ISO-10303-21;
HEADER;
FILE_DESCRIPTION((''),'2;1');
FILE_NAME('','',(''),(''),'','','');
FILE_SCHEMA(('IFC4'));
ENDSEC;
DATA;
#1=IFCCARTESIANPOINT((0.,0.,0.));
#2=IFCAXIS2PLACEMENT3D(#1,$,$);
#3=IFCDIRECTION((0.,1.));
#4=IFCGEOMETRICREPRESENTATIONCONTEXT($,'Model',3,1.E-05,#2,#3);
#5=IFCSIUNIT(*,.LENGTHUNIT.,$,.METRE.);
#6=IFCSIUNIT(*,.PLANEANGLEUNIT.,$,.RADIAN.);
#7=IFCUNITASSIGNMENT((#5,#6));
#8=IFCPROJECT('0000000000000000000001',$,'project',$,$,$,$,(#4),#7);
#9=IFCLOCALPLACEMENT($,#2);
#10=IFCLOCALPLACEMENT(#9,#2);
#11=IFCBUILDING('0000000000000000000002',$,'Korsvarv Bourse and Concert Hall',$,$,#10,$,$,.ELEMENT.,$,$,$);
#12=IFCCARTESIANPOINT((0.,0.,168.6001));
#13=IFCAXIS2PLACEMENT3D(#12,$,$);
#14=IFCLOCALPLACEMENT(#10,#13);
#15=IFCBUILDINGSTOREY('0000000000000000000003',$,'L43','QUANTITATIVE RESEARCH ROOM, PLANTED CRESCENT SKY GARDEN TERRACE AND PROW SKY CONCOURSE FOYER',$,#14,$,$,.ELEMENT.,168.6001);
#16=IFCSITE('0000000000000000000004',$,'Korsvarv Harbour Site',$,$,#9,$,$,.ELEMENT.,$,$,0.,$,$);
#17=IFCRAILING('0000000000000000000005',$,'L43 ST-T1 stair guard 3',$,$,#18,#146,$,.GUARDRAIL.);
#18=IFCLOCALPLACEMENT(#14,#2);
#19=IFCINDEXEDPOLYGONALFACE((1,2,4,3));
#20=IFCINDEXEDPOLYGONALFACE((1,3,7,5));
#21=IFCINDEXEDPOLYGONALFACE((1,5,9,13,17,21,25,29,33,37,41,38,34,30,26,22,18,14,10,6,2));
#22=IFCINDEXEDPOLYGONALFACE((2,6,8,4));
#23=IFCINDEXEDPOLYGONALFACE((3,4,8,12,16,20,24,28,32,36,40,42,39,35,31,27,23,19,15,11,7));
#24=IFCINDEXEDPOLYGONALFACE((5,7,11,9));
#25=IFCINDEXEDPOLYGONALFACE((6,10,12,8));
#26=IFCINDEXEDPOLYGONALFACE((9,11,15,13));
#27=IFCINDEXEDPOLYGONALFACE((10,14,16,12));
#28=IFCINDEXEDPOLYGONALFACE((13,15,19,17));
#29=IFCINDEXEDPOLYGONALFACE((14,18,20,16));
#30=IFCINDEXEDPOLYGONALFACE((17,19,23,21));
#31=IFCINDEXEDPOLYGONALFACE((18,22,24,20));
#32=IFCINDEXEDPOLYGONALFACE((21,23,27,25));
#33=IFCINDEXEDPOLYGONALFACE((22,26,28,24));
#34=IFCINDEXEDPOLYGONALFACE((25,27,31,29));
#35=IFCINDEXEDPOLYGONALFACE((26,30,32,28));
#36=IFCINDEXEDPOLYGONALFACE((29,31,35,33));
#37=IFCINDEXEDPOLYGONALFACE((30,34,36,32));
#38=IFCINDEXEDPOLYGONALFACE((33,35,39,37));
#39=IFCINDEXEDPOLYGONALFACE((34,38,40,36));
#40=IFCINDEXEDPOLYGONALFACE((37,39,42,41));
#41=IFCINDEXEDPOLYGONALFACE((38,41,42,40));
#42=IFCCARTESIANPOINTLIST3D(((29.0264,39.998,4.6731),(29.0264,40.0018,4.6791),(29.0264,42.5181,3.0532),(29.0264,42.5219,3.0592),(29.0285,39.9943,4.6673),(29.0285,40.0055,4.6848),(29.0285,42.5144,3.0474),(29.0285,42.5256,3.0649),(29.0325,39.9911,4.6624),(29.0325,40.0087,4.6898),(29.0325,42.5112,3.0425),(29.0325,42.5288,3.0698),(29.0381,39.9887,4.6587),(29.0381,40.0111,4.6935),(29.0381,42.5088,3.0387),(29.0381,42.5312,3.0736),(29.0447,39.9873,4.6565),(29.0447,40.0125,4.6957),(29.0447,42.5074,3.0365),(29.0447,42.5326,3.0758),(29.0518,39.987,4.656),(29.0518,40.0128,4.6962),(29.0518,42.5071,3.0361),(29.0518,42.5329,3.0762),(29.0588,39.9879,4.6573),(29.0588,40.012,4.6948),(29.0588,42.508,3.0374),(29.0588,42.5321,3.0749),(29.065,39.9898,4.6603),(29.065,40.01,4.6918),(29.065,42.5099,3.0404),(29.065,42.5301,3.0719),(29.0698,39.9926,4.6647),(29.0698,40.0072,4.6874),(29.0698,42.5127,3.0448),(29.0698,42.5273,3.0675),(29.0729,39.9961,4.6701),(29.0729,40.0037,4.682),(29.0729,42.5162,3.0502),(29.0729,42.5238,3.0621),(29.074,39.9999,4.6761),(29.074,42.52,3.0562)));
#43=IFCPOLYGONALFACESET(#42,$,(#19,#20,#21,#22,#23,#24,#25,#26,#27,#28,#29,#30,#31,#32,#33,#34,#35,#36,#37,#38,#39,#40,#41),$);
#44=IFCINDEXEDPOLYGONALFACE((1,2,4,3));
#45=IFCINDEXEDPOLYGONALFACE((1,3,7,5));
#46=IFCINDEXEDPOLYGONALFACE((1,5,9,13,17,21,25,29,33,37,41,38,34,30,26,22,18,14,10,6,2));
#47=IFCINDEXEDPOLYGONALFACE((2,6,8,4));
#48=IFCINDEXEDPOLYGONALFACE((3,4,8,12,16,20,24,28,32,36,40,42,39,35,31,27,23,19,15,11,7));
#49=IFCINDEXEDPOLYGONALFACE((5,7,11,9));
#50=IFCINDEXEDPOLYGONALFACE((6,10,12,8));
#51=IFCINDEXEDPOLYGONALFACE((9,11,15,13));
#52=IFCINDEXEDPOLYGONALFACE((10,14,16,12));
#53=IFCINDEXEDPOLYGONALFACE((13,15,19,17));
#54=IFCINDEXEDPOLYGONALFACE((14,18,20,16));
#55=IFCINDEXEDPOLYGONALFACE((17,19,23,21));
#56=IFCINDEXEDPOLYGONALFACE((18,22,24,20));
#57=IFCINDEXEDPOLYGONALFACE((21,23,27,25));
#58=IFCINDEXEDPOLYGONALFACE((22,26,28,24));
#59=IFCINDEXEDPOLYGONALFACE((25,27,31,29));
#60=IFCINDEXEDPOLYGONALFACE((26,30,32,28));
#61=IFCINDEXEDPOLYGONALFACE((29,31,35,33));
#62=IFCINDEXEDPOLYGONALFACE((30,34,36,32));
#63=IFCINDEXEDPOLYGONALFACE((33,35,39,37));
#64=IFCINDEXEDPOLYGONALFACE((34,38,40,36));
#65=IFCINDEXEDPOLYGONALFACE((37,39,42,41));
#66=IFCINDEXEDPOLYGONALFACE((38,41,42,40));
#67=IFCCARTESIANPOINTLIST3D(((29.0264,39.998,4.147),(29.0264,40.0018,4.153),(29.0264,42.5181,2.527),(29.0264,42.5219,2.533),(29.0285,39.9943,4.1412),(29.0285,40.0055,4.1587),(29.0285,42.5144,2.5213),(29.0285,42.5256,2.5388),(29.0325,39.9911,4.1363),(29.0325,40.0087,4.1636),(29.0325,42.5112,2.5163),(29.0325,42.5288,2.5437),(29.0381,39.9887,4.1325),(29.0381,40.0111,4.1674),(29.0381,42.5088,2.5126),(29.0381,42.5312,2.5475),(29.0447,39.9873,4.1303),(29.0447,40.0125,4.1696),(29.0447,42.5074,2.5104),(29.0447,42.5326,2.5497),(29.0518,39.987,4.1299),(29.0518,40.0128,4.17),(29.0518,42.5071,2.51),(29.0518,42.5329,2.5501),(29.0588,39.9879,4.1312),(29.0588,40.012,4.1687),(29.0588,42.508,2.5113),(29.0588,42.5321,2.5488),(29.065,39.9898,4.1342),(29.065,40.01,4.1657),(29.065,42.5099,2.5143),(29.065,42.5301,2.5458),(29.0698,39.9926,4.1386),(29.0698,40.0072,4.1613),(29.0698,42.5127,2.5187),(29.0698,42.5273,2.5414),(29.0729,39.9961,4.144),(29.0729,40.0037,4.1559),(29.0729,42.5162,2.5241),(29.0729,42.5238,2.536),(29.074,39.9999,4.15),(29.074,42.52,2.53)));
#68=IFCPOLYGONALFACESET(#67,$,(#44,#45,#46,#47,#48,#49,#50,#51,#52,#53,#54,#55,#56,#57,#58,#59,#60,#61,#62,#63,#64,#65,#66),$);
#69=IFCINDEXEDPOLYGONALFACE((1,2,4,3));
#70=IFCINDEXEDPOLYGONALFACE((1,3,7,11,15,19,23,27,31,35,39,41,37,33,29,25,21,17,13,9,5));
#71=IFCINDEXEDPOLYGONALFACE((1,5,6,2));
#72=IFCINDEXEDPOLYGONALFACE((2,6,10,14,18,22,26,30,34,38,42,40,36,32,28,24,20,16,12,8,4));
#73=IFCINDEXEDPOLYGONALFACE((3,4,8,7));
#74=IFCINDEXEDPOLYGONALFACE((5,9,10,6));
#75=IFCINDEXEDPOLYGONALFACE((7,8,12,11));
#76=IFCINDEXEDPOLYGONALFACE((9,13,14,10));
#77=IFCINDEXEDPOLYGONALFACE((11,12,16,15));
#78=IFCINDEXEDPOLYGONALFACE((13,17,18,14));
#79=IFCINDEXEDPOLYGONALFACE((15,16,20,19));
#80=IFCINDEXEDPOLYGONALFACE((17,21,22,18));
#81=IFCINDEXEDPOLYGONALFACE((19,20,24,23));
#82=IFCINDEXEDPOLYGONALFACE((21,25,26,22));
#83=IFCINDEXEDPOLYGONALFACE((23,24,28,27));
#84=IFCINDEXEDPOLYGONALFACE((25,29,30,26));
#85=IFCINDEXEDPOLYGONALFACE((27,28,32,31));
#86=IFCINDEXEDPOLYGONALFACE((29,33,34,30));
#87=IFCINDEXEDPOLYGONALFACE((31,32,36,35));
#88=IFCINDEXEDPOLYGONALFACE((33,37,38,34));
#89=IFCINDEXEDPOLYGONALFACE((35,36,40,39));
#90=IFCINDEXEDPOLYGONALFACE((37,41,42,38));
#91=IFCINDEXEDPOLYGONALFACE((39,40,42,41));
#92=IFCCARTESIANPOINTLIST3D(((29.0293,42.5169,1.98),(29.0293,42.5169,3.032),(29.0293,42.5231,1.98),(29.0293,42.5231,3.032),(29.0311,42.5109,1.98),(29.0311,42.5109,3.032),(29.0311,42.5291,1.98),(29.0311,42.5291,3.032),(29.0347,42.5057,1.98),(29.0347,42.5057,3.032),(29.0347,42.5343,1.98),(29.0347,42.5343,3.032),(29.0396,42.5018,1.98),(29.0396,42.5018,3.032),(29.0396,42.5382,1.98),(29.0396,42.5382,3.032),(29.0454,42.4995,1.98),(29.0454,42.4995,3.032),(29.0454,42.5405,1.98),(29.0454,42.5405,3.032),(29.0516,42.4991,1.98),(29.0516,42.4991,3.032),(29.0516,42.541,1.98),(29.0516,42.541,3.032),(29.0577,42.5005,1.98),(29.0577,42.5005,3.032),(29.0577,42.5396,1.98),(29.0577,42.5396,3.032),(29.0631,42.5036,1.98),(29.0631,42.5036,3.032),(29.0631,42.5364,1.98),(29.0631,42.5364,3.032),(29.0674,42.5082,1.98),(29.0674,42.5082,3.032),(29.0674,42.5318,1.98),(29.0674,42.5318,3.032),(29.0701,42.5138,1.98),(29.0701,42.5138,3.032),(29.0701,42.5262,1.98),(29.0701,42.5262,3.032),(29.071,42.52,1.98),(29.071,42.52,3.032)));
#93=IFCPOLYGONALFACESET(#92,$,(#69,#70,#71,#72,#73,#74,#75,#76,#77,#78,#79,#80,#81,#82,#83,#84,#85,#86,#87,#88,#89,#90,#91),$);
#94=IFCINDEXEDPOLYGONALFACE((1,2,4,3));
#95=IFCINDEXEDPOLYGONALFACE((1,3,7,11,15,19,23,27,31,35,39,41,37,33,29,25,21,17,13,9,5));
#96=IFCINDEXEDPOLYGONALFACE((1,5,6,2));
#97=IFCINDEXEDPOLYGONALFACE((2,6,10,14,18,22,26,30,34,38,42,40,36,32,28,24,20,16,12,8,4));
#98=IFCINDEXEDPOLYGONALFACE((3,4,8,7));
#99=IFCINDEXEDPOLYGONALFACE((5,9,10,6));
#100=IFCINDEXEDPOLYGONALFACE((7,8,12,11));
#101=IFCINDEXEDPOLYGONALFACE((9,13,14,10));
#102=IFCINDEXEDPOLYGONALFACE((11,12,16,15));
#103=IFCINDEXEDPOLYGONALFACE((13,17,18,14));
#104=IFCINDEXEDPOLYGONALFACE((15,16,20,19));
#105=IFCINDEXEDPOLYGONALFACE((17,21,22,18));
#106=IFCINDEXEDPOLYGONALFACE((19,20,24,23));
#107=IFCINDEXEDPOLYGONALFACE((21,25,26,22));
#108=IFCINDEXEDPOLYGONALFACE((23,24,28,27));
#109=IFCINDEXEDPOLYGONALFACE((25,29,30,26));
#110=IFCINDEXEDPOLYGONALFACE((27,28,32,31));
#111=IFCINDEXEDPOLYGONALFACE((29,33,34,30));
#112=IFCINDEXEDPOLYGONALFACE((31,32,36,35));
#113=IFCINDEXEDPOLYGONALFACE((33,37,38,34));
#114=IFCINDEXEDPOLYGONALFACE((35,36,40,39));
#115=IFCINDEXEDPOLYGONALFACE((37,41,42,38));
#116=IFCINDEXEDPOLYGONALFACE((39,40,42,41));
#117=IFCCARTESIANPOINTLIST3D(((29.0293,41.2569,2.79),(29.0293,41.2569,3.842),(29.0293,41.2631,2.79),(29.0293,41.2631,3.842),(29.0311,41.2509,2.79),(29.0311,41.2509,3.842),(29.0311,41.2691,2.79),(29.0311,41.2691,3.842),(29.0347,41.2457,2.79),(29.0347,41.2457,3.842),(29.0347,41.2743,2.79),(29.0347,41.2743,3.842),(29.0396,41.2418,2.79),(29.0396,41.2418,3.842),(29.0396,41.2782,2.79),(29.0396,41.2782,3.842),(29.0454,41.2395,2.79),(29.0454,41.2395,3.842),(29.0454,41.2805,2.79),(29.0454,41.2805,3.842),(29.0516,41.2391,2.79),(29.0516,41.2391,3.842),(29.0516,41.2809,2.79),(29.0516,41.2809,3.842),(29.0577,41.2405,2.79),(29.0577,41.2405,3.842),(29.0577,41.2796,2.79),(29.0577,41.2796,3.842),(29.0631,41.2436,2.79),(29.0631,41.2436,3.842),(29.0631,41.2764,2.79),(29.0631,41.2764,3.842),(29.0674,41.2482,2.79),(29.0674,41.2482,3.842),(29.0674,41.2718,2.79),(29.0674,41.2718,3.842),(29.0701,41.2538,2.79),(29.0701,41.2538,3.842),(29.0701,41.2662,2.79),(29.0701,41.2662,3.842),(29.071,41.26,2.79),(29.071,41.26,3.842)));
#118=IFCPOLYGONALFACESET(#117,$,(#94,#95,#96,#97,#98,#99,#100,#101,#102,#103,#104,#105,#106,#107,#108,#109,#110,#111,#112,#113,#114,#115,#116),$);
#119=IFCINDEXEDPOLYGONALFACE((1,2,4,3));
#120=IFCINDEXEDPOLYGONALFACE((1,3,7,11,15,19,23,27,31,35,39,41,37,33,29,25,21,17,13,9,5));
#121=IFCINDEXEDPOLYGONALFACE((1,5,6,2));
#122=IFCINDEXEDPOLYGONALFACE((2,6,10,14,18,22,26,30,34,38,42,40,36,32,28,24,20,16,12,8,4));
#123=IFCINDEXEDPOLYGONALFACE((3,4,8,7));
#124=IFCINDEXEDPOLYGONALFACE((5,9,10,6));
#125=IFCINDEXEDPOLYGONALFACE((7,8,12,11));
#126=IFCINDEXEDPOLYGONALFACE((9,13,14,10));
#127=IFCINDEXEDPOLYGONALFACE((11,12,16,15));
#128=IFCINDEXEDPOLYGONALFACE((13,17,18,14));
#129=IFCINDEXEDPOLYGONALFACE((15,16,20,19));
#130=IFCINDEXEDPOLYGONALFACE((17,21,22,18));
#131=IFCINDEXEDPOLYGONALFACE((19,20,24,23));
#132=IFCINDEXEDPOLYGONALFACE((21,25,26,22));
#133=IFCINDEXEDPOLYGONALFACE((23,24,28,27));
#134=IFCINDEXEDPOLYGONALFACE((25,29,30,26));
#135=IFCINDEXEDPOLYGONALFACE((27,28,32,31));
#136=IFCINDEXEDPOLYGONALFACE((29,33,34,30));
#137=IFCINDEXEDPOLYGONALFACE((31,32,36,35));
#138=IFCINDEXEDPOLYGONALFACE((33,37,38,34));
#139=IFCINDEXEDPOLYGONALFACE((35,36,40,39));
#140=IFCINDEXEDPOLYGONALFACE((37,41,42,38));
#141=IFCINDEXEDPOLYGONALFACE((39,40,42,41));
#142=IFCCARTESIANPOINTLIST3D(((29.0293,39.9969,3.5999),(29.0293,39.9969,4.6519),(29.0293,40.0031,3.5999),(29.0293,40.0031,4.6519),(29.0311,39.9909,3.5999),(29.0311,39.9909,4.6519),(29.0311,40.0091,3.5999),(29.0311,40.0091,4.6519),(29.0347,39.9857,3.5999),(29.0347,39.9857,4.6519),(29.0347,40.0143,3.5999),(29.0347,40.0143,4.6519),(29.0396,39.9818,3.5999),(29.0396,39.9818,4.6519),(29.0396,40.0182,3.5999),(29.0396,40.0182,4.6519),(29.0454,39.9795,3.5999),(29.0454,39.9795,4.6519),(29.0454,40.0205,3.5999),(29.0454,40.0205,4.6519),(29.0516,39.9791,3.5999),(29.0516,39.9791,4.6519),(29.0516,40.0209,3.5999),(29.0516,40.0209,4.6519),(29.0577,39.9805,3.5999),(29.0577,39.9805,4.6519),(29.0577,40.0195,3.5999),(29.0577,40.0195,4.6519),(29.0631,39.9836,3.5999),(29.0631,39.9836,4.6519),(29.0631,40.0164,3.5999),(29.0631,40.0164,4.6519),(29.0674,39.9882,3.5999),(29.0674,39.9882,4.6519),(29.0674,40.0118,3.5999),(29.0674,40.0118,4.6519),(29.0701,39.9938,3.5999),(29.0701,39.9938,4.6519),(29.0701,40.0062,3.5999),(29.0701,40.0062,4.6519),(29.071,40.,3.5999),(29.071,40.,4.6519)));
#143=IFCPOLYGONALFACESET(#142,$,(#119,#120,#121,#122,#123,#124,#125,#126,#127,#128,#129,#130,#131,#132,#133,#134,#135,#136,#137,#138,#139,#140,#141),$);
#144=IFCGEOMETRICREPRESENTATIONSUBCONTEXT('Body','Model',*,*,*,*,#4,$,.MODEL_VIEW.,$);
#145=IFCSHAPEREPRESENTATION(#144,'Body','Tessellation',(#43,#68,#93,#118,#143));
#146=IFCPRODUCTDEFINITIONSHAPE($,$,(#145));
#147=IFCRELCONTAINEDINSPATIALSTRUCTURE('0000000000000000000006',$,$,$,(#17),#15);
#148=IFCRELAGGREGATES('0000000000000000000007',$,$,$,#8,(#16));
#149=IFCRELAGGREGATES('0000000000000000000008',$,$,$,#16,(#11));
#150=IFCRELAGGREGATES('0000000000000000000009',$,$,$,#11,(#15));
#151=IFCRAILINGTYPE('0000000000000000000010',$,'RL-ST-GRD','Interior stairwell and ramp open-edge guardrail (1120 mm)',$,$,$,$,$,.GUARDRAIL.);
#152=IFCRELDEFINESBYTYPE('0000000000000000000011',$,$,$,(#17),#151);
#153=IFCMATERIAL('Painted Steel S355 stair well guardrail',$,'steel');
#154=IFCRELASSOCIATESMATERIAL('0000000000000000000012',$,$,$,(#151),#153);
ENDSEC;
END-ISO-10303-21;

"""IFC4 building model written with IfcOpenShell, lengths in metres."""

from ifc_helpers import new_model, si_unit, direction, frame, origin, origin_2d, place, context, subcontext, project, spatial, circle, extrude, material, type_object, element, save


model = new_model("IFC4")

# Units and contexts
model_context = context("Model", 3, precision=1e-05, world=origin(), true_north=direction((0.0, 1.0)))
body_context = subcontext(model_context, "Body", "Model", "MODEL_VIEW")
ifc_project = project(units=[si_unit("LENGTHUNIT", "METRE"), si_unit("PLANEANGLEUNIT", "RADIAN")], contexts=[model_context])

# Site, building, storey
site_placement = place(None, origin())
site = spatial("IfcSite", under=ifc_project, at=site_placement, Name="Korsvarv Harbour Site", CompositionType="ELEMENT", RefElevation=0.0)
building_placement = place(site_placement, origin())
building = spatial("IfcBuilding", under=site, at=building_placement, Name="Korsvarv Bourse and Concert Hall", CompositionType="ELEMENT")
storey_placement = place(building_placement, frame((0.0, 0.0, 168.6001)))
storey = spatial("IfcBuildingStorey", under=building, at=storey_placement, Name="L43", Description="QUANTITATIVE RESEARCH ROOM, PLANTED CRESCENT SKY GARDEN TERRACE AND PROW SKY CONCOURSE FOYER", CompositionType="ELEMENT", Elevation=168.6001)

# Railing
ifc_material_1 = material(Name="Painted Steel S355 stair well guardrail", Category="steel")
railing_type_1 = type_object("IfcRailingType", Name="RL-ST-GRD", Description="Interior stairwell and ramp open-edge guardrail (1120 mm)", PredefinedType="GUARDRAIL", material=ifc_material_1)
railing_1_placement = place(storey_placement, frame((29.05, 42.52, 1.98)))
element("IfcRailing", 1, at=railing_1_placement, inside=storey, type_object=railing_type_1, Name="L43 ST-T1 stair guard 3", PredefinedType="GUARDRAIL", context=body_context, shape_type="SweptSolid", body=[
    extrude(circle(Radius=0.0239, at=origin_2d()), frame((0.0, 0.0, 1.0762), z_axis=(0.0, -0.8412, 0.540725), x_axis=(1.0, 0.0, 0.0)), (0.0, 0.0, 1.0), 2.9958),
    extrude(circle(Radius=0.0239, at=origin_2d()), frame((0.0, 0.0, 0.55), z_axis=(0.0, -0.8412, 0.540725), x_axis=(1.0, 0.0, 0.0)), (0.0, 0.0, 1.0), 2.9958),
    extrude(circle(Radius=0.021, at=origin_2d()), origin(), (0.0, 0.0, 1.0), 1.052),
    extrude(circle(Radius=0.021, at=origin_2d()), frame((0.0, -1.26, 0.8101)), (0.0, 0.0, 1.0), 1.052),
    extrude(circle(Radius=0.021, at=origin_2d()), frame((0.0, -2.52, 1.6199)), (0.0, 0.0, 1.0), 1.052),
])

save(model, "model.ifc")
